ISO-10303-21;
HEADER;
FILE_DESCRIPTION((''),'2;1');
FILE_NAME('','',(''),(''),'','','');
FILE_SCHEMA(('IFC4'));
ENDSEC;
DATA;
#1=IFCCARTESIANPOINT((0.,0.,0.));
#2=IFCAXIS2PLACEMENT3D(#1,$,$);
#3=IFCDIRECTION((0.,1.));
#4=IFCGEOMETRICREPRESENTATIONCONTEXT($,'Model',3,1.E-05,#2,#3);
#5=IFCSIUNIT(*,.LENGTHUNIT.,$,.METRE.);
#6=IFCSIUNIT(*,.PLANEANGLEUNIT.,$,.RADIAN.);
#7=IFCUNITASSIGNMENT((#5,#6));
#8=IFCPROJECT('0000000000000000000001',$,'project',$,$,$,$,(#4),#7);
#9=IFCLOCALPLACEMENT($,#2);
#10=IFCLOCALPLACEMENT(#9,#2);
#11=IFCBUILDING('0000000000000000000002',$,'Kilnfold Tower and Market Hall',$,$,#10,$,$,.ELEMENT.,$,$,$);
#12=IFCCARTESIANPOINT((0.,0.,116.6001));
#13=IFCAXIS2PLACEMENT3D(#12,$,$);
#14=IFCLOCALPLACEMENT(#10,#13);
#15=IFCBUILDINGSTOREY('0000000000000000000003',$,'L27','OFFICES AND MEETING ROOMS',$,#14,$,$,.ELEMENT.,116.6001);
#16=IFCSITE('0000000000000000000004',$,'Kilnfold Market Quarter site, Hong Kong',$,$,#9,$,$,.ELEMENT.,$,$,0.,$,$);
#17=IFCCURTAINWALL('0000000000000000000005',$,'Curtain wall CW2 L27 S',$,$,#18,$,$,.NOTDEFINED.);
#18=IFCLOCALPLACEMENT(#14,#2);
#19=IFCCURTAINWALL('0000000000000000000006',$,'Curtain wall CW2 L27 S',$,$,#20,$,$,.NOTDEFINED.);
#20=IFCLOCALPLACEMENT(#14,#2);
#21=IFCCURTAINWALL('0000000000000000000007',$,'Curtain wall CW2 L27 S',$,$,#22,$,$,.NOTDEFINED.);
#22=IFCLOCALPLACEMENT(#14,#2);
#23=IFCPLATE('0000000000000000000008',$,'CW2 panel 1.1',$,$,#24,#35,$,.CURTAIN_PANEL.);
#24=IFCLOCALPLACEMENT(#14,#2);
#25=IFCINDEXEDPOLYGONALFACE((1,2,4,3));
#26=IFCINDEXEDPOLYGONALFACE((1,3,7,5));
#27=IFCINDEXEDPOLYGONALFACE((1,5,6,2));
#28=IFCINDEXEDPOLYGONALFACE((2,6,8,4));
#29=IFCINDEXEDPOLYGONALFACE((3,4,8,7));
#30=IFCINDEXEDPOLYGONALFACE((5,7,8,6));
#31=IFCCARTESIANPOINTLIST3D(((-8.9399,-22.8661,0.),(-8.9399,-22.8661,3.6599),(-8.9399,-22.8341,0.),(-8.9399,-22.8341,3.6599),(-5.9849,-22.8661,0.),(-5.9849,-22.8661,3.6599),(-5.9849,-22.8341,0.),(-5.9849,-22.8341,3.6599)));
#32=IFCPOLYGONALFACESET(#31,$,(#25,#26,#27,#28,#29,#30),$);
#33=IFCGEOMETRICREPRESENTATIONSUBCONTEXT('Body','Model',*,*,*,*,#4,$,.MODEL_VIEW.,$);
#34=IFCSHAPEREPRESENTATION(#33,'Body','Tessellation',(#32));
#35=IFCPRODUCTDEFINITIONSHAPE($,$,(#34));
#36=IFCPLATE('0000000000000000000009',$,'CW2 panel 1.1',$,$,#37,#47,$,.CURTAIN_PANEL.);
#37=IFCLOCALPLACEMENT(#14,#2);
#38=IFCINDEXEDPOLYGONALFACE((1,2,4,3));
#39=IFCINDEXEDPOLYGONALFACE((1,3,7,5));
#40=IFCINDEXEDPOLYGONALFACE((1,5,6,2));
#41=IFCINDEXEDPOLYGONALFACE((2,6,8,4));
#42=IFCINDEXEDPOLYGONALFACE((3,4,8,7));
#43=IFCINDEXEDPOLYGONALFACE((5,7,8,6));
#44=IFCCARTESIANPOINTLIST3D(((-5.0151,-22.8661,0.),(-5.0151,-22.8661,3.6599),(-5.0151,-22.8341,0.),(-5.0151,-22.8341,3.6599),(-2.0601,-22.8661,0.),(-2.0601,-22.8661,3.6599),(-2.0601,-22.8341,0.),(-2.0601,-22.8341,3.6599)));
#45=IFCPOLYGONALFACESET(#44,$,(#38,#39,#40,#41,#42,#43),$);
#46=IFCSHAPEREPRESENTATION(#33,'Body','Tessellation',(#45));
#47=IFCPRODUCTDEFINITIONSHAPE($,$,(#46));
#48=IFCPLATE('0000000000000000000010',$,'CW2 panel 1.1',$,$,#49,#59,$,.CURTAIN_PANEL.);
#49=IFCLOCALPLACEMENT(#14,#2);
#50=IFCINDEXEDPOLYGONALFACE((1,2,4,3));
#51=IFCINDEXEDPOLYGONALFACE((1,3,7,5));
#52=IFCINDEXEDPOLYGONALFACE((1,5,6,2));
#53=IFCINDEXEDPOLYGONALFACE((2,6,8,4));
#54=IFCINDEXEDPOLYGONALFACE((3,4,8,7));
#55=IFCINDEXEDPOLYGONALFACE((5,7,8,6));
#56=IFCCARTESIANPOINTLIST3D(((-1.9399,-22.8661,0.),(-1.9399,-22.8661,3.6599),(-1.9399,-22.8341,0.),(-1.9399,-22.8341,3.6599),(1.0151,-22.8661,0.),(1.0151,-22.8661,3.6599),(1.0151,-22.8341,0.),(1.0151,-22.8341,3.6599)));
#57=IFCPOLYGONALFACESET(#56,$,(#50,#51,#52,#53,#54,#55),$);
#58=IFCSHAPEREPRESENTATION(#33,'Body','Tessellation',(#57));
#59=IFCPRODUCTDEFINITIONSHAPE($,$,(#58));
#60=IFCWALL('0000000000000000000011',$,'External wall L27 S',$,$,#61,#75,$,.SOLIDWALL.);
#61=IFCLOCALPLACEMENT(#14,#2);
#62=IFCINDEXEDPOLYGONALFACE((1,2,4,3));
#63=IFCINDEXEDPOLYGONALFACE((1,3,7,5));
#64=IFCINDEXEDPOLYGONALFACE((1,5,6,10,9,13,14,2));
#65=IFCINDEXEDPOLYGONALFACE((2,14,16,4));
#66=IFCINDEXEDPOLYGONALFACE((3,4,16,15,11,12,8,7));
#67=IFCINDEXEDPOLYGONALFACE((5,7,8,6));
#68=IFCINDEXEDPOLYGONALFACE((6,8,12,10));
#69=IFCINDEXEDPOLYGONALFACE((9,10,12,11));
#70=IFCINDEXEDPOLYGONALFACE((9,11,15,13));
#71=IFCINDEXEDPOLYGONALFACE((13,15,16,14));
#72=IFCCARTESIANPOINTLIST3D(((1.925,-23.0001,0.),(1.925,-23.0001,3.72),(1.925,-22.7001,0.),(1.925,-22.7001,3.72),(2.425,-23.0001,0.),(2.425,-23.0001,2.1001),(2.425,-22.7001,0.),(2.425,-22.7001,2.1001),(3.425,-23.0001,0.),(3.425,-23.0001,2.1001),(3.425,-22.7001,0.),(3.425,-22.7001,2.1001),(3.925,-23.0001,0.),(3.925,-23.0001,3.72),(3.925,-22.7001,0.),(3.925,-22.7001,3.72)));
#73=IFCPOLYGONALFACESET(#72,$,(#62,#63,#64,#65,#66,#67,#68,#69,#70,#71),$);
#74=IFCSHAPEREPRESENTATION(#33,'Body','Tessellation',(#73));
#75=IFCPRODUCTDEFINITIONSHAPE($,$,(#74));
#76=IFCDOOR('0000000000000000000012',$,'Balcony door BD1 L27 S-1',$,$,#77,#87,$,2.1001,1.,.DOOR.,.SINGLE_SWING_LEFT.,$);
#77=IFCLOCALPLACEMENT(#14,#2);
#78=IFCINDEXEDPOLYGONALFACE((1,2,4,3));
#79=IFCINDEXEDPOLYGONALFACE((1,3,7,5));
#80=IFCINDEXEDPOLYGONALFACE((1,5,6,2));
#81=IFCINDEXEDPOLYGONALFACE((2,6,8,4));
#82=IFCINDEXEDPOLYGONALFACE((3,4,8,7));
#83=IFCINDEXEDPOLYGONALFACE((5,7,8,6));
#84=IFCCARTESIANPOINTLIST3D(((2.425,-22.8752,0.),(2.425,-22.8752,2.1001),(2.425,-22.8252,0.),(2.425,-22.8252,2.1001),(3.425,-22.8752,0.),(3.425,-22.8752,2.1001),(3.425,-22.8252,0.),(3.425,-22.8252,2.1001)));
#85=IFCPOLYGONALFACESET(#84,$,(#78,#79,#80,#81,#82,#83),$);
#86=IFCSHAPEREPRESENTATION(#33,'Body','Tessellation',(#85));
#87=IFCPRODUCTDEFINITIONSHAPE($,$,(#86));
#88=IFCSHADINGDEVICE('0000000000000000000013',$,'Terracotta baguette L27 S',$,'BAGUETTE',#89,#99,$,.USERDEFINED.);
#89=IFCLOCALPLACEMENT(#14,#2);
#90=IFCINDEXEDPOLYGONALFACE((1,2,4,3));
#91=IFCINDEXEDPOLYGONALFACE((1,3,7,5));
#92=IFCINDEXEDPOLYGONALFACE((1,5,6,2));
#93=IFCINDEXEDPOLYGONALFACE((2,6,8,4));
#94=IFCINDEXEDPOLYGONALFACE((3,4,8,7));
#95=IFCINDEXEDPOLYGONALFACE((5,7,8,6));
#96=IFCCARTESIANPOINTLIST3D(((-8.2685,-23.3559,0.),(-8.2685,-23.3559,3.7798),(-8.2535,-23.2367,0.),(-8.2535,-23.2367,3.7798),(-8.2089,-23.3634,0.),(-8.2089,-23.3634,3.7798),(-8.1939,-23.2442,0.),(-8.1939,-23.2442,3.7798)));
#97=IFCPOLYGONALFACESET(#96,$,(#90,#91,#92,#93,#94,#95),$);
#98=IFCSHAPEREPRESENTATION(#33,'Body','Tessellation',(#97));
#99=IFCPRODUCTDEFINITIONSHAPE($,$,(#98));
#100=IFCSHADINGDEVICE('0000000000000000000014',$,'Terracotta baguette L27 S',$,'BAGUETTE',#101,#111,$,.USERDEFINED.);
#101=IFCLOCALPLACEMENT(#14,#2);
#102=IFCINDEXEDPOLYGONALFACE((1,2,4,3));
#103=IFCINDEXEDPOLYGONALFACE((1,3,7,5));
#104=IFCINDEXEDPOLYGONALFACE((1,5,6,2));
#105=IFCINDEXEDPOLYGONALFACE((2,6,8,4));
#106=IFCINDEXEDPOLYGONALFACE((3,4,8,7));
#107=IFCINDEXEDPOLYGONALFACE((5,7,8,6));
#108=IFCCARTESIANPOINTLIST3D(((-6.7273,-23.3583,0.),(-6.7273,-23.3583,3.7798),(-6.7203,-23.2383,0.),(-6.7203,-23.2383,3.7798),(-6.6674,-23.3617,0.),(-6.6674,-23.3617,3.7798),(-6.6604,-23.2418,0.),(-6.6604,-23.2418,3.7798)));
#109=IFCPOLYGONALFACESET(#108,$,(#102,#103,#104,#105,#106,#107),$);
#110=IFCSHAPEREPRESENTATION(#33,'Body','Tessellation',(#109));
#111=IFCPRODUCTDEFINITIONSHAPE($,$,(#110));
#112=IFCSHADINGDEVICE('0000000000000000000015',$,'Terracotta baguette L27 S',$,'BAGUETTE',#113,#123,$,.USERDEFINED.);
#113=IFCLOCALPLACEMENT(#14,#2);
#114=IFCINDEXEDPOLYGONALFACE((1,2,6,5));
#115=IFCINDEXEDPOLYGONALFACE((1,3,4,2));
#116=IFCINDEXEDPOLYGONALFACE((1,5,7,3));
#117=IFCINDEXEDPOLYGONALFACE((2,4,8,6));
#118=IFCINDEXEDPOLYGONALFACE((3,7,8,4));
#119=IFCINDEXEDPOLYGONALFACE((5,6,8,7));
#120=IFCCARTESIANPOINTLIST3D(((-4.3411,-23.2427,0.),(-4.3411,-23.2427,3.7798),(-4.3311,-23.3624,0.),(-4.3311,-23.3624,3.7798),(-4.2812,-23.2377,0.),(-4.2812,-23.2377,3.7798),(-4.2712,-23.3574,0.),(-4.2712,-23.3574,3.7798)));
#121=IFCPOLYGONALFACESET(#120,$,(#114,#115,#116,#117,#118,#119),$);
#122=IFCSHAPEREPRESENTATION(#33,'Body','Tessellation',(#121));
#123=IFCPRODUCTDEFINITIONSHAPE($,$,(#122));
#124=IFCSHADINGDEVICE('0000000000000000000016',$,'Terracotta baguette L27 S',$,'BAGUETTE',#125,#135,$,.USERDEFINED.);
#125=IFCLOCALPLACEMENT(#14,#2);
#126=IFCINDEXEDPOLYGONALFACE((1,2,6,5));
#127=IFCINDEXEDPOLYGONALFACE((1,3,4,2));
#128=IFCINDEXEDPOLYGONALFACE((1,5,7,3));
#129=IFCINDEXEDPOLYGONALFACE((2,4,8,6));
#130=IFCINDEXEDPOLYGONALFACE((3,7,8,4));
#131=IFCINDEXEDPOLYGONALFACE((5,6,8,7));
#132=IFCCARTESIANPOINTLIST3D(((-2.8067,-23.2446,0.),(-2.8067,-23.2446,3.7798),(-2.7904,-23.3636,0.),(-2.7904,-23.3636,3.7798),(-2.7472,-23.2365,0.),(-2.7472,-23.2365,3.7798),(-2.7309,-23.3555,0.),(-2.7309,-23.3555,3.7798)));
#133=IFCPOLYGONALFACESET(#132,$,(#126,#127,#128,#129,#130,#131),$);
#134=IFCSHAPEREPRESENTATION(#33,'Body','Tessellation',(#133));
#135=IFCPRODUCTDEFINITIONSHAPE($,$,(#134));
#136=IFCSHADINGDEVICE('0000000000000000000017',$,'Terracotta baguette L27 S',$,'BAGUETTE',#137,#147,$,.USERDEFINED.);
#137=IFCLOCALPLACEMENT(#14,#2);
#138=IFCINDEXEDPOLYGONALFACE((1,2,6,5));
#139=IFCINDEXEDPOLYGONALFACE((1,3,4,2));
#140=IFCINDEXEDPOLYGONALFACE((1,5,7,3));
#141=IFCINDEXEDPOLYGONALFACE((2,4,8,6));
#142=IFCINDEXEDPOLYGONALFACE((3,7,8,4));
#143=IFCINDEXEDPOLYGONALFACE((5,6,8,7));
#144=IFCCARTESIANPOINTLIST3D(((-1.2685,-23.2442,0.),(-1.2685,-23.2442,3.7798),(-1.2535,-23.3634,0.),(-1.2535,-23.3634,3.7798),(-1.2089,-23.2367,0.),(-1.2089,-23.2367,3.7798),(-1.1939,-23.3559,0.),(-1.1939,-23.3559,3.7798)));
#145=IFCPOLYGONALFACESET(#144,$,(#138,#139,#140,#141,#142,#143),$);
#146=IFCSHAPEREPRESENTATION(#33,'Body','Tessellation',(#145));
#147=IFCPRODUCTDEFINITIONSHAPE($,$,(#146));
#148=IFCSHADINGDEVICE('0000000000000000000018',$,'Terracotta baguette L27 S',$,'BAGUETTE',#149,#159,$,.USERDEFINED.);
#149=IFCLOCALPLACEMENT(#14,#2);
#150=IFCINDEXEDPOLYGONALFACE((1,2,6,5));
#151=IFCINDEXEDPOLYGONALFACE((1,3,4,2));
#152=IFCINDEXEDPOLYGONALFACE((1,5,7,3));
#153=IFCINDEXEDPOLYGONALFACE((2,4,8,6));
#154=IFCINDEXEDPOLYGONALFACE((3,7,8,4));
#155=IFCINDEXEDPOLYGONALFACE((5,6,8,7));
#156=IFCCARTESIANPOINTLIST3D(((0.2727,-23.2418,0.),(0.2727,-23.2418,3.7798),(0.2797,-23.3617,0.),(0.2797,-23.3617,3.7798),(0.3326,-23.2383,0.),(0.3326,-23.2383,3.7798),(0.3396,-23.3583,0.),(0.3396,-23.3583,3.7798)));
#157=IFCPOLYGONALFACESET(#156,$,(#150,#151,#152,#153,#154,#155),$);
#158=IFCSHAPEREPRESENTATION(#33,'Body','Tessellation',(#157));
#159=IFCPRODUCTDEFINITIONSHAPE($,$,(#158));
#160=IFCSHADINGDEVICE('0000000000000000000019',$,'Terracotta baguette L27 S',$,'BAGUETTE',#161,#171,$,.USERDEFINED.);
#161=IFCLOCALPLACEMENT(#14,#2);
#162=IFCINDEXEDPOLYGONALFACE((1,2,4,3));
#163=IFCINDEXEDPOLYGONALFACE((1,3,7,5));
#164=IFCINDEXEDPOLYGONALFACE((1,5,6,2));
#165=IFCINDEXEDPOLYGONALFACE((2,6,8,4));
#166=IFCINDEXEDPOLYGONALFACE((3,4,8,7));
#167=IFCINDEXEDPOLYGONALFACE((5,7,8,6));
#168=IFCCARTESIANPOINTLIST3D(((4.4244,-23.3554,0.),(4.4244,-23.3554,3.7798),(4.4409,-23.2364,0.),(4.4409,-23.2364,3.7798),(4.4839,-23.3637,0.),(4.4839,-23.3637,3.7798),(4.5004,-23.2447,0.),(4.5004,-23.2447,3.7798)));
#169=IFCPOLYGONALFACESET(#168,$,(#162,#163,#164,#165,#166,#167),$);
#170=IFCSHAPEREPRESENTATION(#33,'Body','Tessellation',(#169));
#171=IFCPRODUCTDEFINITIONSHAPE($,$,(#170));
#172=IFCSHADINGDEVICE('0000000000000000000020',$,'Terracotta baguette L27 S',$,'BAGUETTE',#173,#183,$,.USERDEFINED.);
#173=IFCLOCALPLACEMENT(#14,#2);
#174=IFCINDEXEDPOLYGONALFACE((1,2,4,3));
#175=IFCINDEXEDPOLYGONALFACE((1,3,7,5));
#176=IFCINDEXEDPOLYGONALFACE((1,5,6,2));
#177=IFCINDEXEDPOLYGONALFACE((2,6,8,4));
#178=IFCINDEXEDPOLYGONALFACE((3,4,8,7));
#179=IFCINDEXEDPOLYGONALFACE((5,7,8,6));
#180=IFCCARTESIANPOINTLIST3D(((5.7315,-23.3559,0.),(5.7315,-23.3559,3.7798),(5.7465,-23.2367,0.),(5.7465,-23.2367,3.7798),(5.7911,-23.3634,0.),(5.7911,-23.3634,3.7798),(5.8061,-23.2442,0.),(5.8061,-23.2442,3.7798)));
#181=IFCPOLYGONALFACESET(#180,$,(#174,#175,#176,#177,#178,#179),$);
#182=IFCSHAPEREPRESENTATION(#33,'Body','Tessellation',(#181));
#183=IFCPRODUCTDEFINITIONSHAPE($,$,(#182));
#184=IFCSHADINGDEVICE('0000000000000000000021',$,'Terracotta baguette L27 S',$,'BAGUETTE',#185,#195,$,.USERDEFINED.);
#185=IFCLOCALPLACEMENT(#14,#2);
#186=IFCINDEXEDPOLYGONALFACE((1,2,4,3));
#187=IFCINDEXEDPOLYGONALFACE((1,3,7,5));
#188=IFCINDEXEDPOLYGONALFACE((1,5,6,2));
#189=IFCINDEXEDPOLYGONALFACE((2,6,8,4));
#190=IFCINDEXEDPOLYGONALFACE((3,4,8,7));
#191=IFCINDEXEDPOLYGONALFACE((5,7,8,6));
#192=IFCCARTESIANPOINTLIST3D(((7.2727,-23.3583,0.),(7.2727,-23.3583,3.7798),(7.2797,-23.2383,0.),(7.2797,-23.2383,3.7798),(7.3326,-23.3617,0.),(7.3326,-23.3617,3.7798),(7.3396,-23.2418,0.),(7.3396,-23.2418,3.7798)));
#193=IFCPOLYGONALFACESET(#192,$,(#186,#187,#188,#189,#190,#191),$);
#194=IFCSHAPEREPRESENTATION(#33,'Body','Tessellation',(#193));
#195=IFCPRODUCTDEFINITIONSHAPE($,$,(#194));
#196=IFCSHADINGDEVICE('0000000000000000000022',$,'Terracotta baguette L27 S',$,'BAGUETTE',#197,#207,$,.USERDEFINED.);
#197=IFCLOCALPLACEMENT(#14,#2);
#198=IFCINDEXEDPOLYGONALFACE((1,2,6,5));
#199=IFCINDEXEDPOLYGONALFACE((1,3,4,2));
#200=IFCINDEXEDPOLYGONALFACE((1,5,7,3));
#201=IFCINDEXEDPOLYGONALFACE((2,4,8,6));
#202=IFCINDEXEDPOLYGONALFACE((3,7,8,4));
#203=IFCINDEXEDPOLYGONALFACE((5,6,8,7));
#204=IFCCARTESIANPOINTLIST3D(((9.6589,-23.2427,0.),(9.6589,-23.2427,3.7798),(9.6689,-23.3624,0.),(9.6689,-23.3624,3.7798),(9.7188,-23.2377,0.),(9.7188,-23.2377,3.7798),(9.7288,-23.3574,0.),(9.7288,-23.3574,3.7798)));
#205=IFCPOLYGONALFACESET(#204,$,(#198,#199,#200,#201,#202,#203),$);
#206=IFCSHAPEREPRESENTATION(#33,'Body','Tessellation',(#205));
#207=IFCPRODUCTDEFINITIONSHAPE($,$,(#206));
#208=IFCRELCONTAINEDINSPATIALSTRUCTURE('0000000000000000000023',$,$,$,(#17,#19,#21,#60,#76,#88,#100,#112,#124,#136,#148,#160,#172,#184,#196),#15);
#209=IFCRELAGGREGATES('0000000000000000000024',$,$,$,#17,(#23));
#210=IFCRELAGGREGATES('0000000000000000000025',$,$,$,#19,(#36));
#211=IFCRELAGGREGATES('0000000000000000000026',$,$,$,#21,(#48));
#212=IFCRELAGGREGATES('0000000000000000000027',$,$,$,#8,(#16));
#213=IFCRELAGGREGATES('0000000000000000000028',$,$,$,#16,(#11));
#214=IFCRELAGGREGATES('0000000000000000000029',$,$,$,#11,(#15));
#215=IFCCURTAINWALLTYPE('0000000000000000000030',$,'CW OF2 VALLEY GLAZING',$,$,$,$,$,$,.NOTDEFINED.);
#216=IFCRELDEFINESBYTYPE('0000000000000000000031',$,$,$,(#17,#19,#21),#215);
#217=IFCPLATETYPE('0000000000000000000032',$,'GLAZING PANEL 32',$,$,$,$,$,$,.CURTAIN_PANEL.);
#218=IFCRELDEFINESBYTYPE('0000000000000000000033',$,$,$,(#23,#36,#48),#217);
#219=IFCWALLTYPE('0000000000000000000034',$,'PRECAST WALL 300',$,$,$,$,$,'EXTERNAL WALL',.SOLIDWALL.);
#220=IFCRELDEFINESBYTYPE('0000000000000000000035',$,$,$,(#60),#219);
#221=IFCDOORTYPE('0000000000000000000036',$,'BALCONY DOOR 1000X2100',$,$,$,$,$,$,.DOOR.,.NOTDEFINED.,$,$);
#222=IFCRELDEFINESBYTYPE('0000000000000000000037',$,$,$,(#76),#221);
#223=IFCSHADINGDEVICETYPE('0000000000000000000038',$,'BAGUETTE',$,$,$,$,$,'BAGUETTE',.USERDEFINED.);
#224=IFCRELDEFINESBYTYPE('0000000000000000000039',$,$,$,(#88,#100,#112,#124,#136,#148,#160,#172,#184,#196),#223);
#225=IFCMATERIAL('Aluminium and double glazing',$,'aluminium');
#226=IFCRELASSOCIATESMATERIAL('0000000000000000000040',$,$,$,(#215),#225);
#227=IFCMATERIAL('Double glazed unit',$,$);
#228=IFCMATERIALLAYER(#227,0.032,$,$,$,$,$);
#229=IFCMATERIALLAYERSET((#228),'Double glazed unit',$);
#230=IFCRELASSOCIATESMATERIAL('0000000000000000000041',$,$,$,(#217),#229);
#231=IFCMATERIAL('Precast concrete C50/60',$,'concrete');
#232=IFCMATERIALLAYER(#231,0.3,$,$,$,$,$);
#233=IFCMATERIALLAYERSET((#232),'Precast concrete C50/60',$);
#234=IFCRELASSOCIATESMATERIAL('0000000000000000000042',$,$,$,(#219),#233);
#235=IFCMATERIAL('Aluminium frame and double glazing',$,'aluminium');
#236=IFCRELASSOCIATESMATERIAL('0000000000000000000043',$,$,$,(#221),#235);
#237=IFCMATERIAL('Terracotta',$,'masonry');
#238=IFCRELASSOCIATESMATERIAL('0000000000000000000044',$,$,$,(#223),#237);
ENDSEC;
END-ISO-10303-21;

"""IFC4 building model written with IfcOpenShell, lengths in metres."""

from ifc_helpers import new_model, si_unit, direction, frame, frame_2d, origin, origin_2d, place, context, subcontext, project, spatial, rectangle, extrude, source, transform, mapped, material, layer, layer_set, material_profile, profile_set, type_object, element, fill, aggregate, save


model = new_model("IFC4")

# Units and contexts
model_context = context("Model", 3, precision=1e-05, world=origin(), true_north=direction((0.0, 1.0)))
body_context = subcontext(model_context, "Body", "Model", "MODEL_VIEW")
ifc_project = project(units=[si_unit("LENGTHUNIT", "METRE"), si_unit("PLANEANGLEUNIT", "RADIAN")], contexts=[model_context])

# Site, building, storey
site_placement = place(None, origin())
site = spatial("IfcSite", under=ifc_project, at=site_placement, Name="Kilnfold Market Quarter site, Hong Kong", CompositionType="ELEMENT", RefElevation=0.0)
building_placement = place(site_placement, origin())
building = spatial("IfcBuilding", under=site, at=building_placement, Name="Kilnfold Tower and Market Hall", CompositionType="ELEMENT")
storey_placement = place(building_placement, frame((0.0, 0.0, 116.6001)))
storey = spatial("IfcBuildingStorey", under=building, at=storey_placement, Name="L27", Description="OFFICES AND MEETING ROOMS", CompositionType="ELEMENT", Elevation=116.6001)

# Curtain walls
ifc_material_1 = material(Name="Aluminium and double glazing", Category="aluminium")
curtain_wall_type = type_object("IfcCurtainWallType", Name="CW OF2 VALLEY GLAZING", PredefinedType="NOTDEFINED", material=ifc_material_1)
curtain_wall_1_placement = place(storey_placement, origin())
curtain_wall_1 = element("IfcCurtainWall", 1, at=curtain_wall_1_placement, inside=storey, type_object=curtain_wall_type, Name="Curtain wall CW2 L27 S", PredefinedType="NOTDEFINED")
curtain_wall_2_placement = place(storey_placement, origin())
curtain_wall_2 = element("IfcCurtainWall", 2, at=curtain_wall_2_placement, inside=storey, type_object=curtain_wall_type, Name="Curtain wall CW2 L27 S", PredefinedType="NOTDEFINED")
curtain_wall_3_placement = place(storey_placement, origin())
curtain_wall_3 = element("IfcCurtainWall", 3, at=curtain_wall_3_placement, inside=storey, type_object=curtain_wall_type, Name="Curtain wall CW2 L27 S", PredefinedType="NOTDEFINED")

# Plates
ifc_material_2 = material(Name="Double glazed unit")
ifc_layer_1 = layer(ifc_material_2, 0.032)
ifc_layer_set_1 = layer_set([ifc_layer_1], Name="Double glazed unit")
plate_type = type_object("IfcPlateType", Name="GLAZING PANEL 32", PredefinedType="CURTAIN_PANEL", material=ifc_layer_set_1)
shared_shape_1 = source(origin(), body_context, "Body", "SweptSolid", [
    extrude(rectangle(XDim=2.9551, YDim=0.032, at=origin_2d()), origin(), (0.0, 0.0, 1.0), 3.6599),
])
plate_1_placement = place(storey_placement, frame((-7.4624, -22.8501, 0.0), z_axis=(0.0, 0.0, 1.0), x_axis=(1.0, 0.0, 0.0)))
plate_1 = element("IfcPlate", 4, at=plate_1_placement, type_object=plate_type, Name="CW2 panel 1.1", PredefinedType="CURTAIN_PANEL", context=body_context, shape_type="MappedRepresentation", body=[
    mapped(shared_shape_1, transform((0.0, 0.0, 0.0))),
])
aggregate(curtain_wall_1, [plate_1])
plate_2_placement = place(storey_placement, frame((-3.5376, -22.8501, 0.0), z_axis=(0.0, 0.0, 1.0), x_axis=(1.0, 0.0, 0.0)))
plate_2 = element("IfcPlate", 5, at=plate_2_placement, type_object=plate_type, Name="CW2 panel 1.1", PredefinedType="CURTAIN_PANEL", context=body_context, shape_type="MappedRepresentation", body=[
    mapped(shared_shape_1, transform((0.0, 0.0, 0.0))),
])
aggregate(curtain_wall_2, [plate_2])
plate_3_placement = place(storey_placement, frame((-0.4624, -22.8501, 0.0), z_axis=(0.0, 0.0, 1.0), x_axis=(1.0, 0.0, 0.0)))
plate_3 = element("IfcPlate", 6, at=plate_3_placement, type_object=plate_type, Name="CW2 panel 1.1", PredefinedType="CURTAIN_PANEL", context=body_context, shape_type="MappedRepresentation", body=[
    mapped(shared_shape_1, transform((0.0, 0.0, 0.0))),
])
aggregate(curtain_wall_3, [plate_3])

# Wall, opening, door
ifc_material_3 = material(Name="Precast concrete C50/60", Category="concrete")
ifc_layer_2 = layer(ifc_material_3, 0.3)
ifc_layer_set_2 = layer_set([ifc_layer_2], Name="Precast concrete C50/60")
wall_type = type_object("IfcWallType", Name="PRECAST WALL 300", ElementType="EXTERNAL WALL", PredefinedType="SOLIDWALL", material=ifc_layer_set_2)
shared_shape_2 = source(origin(), body_context, "Body", "SweptSolid", [
    extrude(rectangle(XDim=2.0, YDim=0.3, at=frame_2d((1.0, 0.0))), origin(), (0.0, 0.0, 1.0), 3.72),
])
wall_placement = place(storey_placement, frame((1.925, -22.8501, 0.0), z_axis=(0.0, 0.0, 1.0), x_axis=(1.0, 0.0, 0.0)))
wall = element("IfcWall", 7, at=wall_placement, inside=storey, type_object=wall_type, Name="External wall L27 S", PredefinedType="SOLIDWALL", context=body_context, shape_type="MappedRepresentation", body=[
    mapped(shared_shape_2, transform((0.0, 0.0, 0.0))),
])
opening_placement = place(wall_placement, frame((0.5, 0.0, 0.0)))
opening = element("IfcOpeningElement", 8, at=opening_placement, cuts=wall, PredefinedType="OPENING", context=body_context, shape_type="SweptSolid", body=[
    extrude(rectangle(XDim=1.0, YDim=2.1001, at=frame_2d((0.5, 1.05))), frame((0.0, 0.1602, 0.0), z_axis=(0.0, -1.0, 0.0), x_axis=(1.0, 0.0, 0.0)), (0.0, 0.0, 1.0), 0.3201),
])
ifc_material_4 = material(Name="Aluminium frame and double glazing", Category="aluminium")
door_type = type_object("IfcDoorType", Name="BALCONY DOOR 1000X2100", OperationType="NOTDEFINED", PredefinedType="DOOR", material=ifc_material_4)
door_placement = place(opening_placement, origin())
door = element("IfcDoor", 9, at=door_placement, inside=storey, type_object=door_type, Name="Balcony door BD1 L27 S-1", OperationType="SINGLE_SWING_LEFT", OverallHeight=2.1001, OverallWidth=1.0, PredefinedType="DOOR", context=body_context, shape_type="SweptSolid", body=[
    extrude(rectangle(XDim=1.0, YDim=2.1001, at=frame_2d((0.5, 1.05))), frame((0.0, 0.0249, 0.0), z_axis=(0.0, -1.0, 0.0), x_axis=(1.0, 0.0, 0.0)), (0.0, 0.0, 1.0), 0.05),
])
fill(opening, door)

# Shading devices
ifc_material_5 = material(Name="Terracotta", Category="masonry")
ifc_material_profile_1 = material_profile(ifc_material_5, rectangle(XDim=0.0601, YDim=0.1201, at=origin_2d()), Name="BAG 60x120")
ifc_profile_set_1 = profile_set([ifc_material_profile_1], Name="Terracotta")
shading_device_type = type_object("IfcShadingDeviceType", Name="BAGUETTE", ElementType="BAGUETTE", PredefinedType="USERDEFINED", material=ifc_profile_set_1)
shared_shape_3 = source(origin(), body_context, "Body", "SweptSolid", [
    extrude(rectangle(XDim=0.0601, YDim=0.1201, at=origin_2d()), origin(), (0.0, 0.0, 1.0), 3.7798),
])
for number, where, z_axis, x_axis, name in (
    (10, (-8.2312, -23.3, 0.0), (0.0, 0.0, 1.0), (0.992121, -0.125285, 0.0), "Terracotta baguette L27 S"),
    (11, (-6.6938, -23.3, 0.0), (0.0, 0.0, 1.0), (0.998314, -0.05804, 0.0), "Terracotta baguette L27 S"),
    (12, (-4.3062, -23.3, 0.0), (0.0, 0.0, 1.0), (0.996502, 0.083573, 0.0), "Terracotta baguette L27 S"),
    (13, (-2.7688, -23.3, 0.0), (0.0, 0.0, 1.0), (0.990809, 0.135268, 0.0), "Terracotta baguette L27 S"),
    (14, (-1.2312, -23.3, 0.0), (0.0, 0.0, 1.0), (0.992121, 0.125285, 0.0), "Terracotta baguette L27 S"),
    (15, (0.3062, -23.3, 0.0), (0.0, 0.0, 1.0), (0.998314, 0.05804, 0.0), "Terracotta baguette L27 S"),
    (16, (4.4624, -23.3, 0.0), (0.0, 0.0, 1.0), (0.990443, -0.137925, 0.0), "Terracotta baguette L27 S"),
    (17, (5.7688, -23.3, 0.0), (0.0, 0.0, 1.0), (0.992121, -0.125285, 0.0), "Terracotta baguette L27 S"),
    (18, (7.3062, -23.3, 0.0), (0.0, 0.0, 1.0), (0.998314, -0.05804, 0.0), "Terracotta baguette L27 S"),
    (19, (9.6938, -23.3, 0.0), (0.0, 0.0, 1.0), (0.996502, 0.083573, 0.0), "Terracotta baguette L27 S"),
):
    element("IfcShadingDevice", number, at=place(storey_placement, frame(where, z_axis=z_axis, x_axis=x_axis)), inside=storey, type_object=shading_device_type, Name=name, ObjectType="BAGUETTE", PredefinedType="USERDEFINED", context=body_context, shape_type="MappedRepresentation", body=[
        mapped(shared_shape_3, transform((0.0, 0.0, 0.0))),
    ])

save(model, "model.ifc")
